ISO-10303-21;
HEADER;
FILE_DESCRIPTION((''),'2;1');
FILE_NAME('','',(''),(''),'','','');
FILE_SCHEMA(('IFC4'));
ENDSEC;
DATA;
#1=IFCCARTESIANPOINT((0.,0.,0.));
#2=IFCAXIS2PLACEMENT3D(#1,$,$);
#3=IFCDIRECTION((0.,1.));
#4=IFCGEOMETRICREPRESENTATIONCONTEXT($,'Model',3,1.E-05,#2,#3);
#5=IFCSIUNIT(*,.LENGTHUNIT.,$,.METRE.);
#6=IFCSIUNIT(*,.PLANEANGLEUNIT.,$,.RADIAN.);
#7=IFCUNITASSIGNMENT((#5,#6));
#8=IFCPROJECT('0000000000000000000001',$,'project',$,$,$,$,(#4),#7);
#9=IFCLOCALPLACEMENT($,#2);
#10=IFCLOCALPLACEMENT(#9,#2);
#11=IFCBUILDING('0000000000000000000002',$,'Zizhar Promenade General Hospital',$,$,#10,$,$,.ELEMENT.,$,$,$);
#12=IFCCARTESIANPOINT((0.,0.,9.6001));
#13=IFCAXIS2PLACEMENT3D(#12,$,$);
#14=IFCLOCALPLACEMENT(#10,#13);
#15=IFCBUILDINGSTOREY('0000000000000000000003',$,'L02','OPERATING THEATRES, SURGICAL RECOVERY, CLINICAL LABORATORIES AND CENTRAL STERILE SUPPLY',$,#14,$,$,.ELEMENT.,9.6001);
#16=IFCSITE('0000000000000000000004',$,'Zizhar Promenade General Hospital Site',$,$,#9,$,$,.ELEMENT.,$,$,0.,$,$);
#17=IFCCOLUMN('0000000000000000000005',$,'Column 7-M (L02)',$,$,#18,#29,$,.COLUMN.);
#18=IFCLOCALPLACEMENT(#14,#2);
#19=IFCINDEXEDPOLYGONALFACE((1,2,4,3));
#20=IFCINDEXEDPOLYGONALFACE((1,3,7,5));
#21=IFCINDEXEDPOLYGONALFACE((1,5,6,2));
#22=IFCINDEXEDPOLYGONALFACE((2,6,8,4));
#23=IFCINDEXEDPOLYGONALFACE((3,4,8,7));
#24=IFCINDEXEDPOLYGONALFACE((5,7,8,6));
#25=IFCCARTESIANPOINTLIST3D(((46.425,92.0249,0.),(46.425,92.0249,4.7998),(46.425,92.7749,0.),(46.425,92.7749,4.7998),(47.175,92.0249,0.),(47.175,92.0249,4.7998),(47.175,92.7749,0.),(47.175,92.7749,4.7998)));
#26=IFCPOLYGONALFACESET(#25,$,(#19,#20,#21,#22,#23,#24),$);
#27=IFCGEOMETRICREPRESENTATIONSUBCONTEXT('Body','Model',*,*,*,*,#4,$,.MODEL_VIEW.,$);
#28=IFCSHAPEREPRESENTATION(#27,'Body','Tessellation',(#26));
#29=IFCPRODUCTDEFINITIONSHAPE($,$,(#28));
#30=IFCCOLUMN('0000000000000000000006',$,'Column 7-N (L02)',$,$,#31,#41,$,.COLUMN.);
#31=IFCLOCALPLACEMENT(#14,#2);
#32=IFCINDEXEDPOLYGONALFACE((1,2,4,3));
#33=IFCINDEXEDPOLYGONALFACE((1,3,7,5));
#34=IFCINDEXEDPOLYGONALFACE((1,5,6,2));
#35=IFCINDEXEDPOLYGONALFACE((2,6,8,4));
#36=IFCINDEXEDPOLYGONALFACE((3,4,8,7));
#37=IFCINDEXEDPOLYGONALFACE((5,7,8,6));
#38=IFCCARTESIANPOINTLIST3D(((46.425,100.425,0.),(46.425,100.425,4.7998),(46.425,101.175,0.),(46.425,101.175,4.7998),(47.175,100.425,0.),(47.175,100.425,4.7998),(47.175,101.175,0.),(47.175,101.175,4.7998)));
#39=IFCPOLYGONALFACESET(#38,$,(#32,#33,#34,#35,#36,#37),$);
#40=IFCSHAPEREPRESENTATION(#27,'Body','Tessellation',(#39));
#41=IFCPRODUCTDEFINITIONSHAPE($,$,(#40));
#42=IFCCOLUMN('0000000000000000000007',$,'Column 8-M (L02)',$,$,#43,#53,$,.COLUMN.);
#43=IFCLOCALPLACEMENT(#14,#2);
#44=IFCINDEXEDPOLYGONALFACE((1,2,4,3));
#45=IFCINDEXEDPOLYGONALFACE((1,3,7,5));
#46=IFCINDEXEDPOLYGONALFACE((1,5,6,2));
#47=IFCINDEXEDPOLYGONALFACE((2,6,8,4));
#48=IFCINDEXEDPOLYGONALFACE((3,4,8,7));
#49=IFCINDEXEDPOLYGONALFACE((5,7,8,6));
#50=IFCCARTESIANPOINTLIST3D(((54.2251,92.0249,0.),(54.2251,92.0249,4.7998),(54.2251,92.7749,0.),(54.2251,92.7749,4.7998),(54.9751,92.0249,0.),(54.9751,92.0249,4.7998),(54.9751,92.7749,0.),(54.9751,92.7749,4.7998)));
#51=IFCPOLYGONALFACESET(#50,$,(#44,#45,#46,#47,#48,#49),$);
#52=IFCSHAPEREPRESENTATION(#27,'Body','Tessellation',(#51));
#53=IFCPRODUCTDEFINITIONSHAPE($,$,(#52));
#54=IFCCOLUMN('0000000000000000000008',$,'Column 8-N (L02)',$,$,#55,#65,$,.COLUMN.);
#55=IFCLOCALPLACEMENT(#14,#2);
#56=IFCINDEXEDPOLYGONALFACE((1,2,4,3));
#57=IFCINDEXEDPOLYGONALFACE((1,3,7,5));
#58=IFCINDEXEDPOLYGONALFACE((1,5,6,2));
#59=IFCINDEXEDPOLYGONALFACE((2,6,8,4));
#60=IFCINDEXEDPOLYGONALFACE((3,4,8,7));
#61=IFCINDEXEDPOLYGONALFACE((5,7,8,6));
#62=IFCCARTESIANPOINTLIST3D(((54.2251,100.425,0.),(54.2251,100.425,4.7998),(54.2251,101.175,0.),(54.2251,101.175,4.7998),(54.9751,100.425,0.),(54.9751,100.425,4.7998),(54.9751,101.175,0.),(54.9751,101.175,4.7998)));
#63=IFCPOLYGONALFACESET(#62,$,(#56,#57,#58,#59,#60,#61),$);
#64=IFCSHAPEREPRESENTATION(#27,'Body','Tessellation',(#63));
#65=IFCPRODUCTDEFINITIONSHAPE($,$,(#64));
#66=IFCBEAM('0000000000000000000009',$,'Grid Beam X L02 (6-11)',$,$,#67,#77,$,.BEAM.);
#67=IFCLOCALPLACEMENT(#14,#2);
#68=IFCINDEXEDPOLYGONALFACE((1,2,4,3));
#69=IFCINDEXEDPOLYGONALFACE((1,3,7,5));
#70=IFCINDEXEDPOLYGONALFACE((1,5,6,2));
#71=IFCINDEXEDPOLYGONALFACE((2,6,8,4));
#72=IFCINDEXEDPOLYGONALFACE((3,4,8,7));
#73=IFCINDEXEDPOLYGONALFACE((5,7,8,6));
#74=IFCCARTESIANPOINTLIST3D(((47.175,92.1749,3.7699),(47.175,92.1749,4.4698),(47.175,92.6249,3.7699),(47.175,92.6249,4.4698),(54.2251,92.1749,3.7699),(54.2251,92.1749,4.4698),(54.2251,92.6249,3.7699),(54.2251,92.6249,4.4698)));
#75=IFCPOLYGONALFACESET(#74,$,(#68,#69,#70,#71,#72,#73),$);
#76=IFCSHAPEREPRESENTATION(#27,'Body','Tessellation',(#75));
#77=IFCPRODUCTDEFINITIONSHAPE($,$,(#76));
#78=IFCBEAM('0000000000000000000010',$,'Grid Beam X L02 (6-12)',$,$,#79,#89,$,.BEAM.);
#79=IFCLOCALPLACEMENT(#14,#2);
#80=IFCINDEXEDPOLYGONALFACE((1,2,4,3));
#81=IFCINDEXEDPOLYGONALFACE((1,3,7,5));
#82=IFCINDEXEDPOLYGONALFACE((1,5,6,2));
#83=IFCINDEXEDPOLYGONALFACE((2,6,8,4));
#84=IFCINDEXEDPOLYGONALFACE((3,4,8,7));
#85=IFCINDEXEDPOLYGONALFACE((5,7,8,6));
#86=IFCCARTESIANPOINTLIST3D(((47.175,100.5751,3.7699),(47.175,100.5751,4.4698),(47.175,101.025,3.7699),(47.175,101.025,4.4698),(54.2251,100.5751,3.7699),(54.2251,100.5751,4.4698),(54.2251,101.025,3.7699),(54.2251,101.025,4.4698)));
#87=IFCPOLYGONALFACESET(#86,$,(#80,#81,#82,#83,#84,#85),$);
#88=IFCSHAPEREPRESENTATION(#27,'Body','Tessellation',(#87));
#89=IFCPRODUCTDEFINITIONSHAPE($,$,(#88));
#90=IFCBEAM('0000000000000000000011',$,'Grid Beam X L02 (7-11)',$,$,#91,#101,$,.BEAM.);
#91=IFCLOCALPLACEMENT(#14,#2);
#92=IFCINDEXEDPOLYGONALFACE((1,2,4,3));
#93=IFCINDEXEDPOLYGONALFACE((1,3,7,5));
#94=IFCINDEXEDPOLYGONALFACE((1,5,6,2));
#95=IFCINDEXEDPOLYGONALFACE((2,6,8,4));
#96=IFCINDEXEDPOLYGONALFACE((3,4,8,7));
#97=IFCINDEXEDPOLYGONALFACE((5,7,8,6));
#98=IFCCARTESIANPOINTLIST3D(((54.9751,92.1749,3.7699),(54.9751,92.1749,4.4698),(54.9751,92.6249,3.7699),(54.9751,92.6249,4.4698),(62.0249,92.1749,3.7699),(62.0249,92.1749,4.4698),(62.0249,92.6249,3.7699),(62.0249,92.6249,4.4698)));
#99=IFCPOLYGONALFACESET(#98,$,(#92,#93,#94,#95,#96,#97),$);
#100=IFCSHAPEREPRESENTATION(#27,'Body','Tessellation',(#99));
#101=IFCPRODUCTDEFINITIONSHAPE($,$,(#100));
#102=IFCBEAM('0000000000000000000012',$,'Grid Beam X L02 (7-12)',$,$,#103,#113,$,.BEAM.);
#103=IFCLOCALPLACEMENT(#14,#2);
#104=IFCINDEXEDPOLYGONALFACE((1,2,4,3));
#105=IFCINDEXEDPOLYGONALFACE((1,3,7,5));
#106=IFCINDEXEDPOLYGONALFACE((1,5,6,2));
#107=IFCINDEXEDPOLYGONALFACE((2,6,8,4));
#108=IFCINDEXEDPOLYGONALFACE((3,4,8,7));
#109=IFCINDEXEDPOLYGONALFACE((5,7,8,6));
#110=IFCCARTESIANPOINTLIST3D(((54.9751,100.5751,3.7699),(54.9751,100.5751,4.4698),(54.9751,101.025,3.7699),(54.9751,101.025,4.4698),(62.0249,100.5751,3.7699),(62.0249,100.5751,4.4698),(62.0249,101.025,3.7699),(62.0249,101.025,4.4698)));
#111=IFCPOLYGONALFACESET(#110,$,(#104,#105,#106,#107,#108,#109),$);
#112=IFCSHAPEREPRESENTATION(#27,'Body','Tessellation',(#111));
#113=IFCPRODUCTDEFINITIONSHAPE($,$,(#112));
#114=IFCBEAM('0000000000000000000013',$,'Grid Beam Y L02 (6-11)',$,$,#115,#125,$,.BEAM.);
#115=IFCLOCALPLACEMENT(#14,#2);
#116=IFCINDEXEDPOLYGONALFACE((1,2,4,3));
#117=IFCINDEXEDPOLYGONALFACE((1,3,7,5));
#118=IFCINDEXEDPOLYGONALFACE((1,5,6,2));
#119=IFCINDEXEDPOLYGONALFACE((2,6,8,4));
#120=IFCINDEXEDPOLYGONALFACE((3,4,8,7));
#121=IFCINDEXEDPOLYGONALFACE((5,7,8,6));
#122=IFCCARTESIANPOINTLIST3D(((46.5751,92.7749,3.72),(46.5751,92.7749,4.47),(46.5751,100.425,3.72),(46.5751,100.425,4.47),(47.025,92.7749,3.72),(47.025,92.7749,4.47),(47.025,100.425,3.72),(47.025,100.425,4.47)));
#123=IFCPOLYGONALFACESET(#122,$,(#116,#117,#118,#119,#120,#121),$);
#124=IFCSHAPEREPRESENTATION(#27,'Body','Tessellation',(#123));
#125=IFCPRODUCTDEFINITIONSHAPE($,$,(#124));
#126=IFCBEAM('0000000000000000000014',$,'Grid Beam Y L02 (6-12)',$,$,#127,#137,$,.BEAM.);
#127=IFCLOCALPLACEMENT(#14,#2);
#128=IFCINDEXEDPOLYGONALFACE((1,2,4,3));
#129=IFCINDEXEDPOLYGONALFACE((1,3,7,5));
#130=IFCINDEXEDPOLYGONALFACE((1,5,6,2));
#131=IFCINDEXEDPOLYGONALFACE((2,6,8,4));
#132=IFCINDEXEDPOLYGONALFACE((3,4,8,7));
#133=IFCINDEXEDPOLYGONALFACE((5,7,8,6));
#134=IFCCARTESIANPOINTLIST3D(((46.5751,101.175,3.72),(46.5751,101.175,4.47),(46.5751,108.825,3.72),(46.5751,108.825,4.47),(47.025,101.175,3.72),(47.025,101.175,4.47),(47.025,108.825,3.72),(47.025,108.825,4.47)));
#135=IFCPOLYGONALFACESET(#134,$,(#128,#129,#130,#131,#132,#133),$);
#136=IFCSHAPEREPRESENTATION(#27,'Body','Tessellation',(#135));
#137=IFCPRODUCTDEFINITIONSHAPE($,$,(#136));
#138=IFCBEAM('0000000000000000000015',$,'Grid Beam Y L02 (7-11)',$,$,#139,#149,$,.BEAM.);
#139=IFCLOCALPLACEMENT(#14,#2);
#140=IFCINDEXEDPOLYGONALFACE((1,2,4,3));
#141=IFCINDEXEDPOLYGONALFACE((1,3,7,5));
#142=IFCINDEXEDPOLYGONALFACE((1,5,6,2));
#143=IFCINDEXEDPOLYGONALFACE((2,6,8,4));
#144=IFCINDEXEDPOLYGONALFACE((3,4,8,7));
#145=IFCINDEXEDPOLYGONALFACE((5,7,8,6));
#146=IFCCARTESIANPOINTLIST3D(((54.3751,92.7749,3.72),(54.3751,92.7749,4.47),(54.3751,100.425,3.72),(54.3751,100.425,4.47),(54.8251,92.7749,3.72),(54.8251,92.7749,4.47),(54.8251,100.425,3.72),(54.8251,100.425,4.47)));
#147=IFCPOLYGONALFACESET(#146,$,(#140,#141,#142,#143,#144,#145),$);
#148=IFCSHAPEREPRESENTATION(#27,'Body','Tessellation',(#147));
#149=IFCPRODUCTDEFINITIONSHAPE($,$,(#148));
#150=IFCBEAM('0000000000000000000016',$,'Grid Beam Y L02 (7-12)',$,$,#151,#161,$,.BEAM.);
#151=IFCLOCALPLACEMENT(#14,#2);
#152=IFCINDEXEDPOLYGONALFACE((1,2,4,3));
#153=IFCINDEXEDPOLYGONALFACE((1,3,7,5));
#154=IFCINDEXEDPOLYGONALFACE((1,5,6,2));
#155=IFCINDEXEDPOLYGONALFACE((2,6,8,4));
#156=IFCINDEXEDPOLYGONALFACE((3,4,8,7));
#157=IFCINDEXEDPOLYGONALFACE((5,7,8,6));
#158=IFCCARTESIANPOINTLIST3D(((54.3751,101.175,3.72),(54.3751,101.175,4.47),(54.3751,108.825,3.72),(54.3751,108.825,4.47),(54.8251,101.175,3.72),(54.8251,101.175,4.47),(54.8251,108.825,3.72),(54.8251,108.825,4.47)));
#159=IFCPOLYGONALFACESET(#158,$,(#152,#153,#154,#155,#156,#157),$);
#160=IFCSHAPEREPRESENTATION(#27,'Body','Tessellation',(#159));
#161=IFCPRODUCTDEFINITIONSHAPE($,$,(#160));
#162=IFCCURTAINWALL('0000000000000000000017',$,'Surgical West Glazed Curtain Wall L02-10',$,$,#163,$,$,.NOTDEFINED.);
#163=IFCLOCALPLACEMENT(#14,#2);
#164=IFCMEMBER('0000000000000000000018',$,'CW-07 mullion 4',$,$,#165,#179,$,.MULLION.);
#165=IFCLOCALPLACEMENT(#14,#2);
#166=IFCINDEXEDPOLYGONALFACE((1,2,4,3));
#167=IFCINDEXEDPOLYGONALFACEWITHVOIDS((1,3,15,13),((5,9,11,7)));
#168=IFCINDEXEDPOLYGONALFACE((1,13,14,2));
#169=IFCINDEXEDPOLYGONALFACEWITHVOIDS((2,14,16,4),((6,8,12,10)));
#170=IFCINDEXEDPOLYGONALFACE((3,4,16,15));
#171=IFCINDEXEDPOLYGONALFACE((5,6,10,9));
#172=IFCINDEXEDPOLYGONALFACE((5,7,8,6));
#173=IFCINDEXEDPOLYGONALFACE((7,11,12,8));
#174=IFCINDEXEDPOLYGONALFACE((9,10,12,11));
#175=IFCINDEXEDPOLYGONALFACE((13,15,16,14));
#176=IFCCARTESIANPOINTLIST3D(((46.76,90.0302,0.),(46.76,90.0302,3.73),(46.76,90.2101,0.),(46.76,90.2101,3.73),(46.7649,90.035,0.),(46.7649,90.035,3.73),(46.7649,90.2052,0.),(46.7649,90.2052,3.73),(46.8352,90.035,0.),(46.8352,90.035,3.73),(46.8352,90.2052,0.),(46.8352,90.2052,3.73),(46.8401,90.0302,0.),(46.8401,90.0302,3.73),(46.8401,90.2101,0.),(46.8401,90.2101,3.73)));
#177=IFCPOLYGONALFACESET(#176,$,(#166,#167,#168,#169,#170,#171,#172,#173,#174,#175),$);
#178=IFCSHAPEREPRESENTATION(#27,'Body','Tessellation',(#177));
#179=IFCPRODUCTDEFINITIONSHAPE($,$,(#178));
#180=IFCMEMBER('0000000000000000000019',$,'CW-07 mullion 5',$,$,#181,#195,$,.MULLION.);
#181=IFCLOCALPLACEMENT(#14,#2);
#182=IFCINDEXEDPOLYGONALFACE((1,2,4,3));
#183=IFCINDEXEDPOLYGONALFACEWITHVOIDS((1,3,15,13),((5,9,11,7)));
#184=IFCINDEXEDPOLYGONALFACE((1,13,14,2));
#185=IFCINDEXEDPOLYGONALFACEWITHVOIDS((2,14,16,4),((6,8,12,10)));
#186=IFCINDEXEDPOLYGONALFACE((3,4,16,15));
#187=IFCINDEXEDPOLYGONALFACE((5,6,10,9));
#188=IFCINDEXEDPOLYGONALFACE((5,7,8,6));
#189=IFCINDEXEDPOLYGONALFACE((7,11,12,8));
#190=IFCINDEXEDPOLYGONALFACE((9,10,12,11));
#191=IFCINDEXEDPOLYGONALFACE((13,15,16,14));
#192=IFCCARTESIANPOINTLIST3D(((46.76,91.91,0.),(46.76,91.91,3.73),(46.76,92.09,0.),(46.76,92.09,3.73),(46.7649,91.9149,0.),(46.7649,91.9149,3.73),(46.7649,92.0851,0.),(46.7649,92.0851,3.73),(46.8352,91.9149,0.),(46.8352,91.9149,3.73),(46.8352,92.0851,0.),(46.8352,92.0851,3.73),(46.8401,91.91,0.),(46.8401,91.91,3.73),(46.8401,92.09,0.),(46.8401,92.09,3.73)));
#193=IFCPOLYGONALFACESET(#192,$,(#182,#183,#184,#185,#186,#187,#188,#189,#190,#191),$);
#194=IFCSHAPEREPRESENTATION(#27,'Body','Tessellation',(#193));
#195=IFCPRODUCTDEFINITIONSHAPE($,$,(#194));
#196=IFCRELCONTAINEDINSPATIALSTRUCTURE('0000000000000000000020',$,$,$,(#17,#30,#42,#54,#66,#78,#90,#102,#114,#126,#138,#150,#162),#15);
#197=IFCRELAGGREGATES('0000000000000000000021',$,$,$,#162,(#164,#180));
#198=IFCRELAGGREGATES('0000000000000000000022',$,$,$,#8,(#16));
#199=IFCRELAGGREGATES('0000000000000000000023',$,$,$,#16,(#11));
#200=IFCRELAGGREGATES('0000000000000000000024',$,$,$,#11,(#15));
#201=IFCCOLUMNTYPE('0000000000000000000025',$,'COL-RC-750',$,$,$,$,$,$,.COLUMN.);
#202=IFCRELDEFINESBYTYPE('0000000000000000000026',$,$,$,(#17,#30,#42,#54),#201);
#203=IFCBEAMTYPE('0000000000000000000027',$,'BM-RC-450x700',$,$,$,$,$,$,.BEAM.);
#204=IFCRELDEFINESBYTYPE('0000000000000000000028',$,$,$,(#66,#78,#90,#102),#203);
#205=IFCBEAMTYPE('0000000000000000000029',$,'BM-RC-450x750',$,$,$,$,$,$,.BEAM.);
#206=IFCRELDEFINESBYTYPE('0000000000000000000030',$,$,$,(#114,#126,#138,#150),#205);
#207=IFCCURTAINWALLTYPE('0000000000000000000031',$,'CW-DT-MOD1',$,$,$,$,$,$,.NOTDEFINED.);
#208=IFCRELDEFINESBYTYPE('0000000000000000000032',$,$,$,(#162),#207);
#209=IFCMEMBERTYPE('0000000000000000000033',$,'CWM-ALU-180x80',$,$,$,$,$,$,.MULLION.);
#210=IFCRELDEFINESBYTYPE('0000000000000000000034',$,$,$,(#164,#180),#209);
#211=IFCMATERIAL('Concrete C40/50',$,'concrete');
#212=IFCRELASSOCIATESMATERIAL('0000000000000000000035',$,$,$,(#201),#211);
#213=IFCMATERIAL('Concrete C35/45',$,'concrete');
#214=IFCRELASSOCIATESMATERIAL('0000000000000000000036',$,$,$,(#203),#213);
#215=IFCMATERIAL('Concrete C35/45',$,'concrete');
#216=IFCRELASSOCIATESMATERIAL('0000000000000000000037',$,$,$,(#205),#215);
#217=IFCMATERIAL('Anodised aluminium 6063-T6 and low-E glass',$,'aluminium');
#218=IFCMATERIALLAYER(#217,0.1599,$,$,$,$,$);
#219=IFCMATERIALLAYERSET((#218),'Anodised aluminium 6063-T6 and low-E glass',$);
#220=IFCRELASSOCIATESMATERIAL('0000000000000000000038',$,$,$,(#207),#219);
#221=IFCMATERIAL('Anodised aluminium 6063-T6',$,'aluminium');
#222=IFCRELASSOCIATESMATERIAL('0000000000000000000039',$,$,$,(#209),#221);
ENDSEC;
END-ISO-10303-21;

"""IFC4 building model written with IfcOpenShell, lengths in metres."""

from ifc_helpers import new_model, si_unit, direction, frame, origin, origin_2d, place, context, subcontext, project, spatial, rectangle, hollow_rectangle, extrude, material, layer, layer_set, material_profile, profile_set, type_object, element, aggregate, save


model = new_model("IFC4")

# Units and contexts
model_context = context("Model", 3, precision=1e-05, world=origin(), true_north=direction((0.0, 1.0)))
body_context = subcontext(model_context, "Body", "Model", "MODEL_VIEW")
ifc_project = project(units=[si_unit("LENGTHUNIT", "METRE"), si_unit("PLANEANGLEUNIT", "RADIAN")], contexts=[model_context])

# Site, building, storey
site_placement = place(None, origin())
site = spatial("IfcSite", under=ifc_project, at=site_placement, Name="Zizhar Promenade General Hospital Site", CompositionType="ELEMENT", RefElevation=0.0)
building_placement = place(site_placement, origin())
building = spatial("IfcBuilding", under=site, at=building_placement, Name="Zizhar Promenade General Hospital", CompositionType="ELEMENT")
storey_placement = place(building_placement, frame((0.0, 0.0, 9.6001)))
storey = spatial("IfcBuildingStorey", under=building, at=storey_placement, Name="L02", Description="OPERATING THEATRES, SURGICAL RECOVERY, CLINICAL LABORATORIES AND CENTRAL STERILE SUPPLY", CompositionType="ELEMENT", Elevation=9.6001)

# Columns
ifc_material_1 = material(Name="Concrete C40/50", Category="concrete")
ifc_material_profile_1 = material_profile(ifc_material_1, rectangle(XDim=0.75, YDim=0.75, at=origin_2d()))
ifc_profile_set_1 = profile_set([ifc_material_profile_1], Name="Concrete C40/50")
column_type = type_object("IfcColumnType", Name="COL-RC-750", PredefinedType="COLUMN", material=ifc_profile_set_1)
for number, where, z_axis, x_axis, name in (
    (1, (46.8, 92.3999, 0.0), (0.0, 0.0, 1.0), (1.0, 0.0, 0.0), "Column 7-M (L02)"),
    (2, (46.8, 100.8, 0.0), (0.0, 0.0, 1.0), (1.0, 0.0, 0.0), "Column 7-N (L02)"),
    (3, (54.6001, 92.3999, 0.0), (0.0, 0.0, 1.0), (1.0, 0.0, 0.0), "Column 8-M (L02)"),
    (4, (54.6001, 100.8, 0.0), (0.0, 0.0, 1.0), (1.0, 0.0, 0.0), "Column 8-N (L02)"),
):
    element("IfcColumn", number, at=place(storey_placement, frame(where, z_axis=z_axis, x_axis=x_axis)), inside=storey, type_object=column_type, Name=name, PredefinedType="COLUMN", context=body_context, shape_type="SweptSolid", body=[
        extrude(rectangle(XDim=0.75, YDim=0.75, at=origin_2d()), origin(), (0.0, 0.0, 1.0), 4.7998),
    ])

# Beams
ifc_material_2 = material(Name="Concrete C35/45", Category="concrete")
ifc_material_profile_2 = material_profile(ifc_material_2, rectangle(XDim=0.45, YDim=0.7, at=origin_2d()))
ifc_profile_set_2 = profile_set([ifc_material_profile_2], Name="Concrete C35/45")
beam_type_1 = type_object("IfcBeamType", Name="BM-RC-450x700", PredefinedType="BEAM", material=ifc_profile_set_2)
for number, where, z_axis, x_axis, name in (
    (5, (47.175, 92.3999, 4.1199), (1.0, 0.0, 0.0), (0.0, 1.0, 0.0), "Grid Beam X L02 (6-11)"),
    (6, (47.175, 100.8, 4.1199), (1.0, 0.0, 0.0), (0.0, 1.0, 0.0), "Grid Beam X L02 (6-12)"),
):
    element("IfcBeam", number, at=place(storey_placement, frame(where, z_axis=z_axis, x_axis=x_axis)), inside=storey, type_object=beam_type_1, Name=name, PredefinedType="BEAM", context=body_context, shape_type="SweptSolid", body=[
        extrude(rectangle(XDim=0.45, YDim=0.7, at=origin_2d()), origin(), (0.0, 0.0, 1.0), 7.05),
    ])
for number, where, z_axis, x_axis, name in (
    (7, (54.9751, 92.3999, 4.1199), (1.0, 0.0, 0.0), (0.0, 1.0, 0.0), "Grid Beam X L02 (7-11)"),
    (8, (54.9751, 100.8, 4.1199), (1.0, 0.0, 0.0), (0.0, 1.0, 0.0), "Grid Beam X L02 (7-12)"),
):
    element("IfcBeam", number, at=place(storey_placement, frame(where, z_axis=z_axis, x_axis=x_axis)), inside=storey, type_object=beam_type_1, Name=name, PredefinedType="BEAM", context=body_context, shape_type="SweptSolid", body=[
        extrude(rectangle(XDim=0.45, YDim=0.7, at=origin_2d()), origin(), (0.0, 0.0, 1.0), 7.0498),
    ])
ifc_material_3 = material(Name="Concrete C35/45", Category="concrete")
ifc_material_profile_3 = material_profile(ifc_material_3, rectangle(XDim=0.45, YDim=0.75, at=origin_2d()))
ifc_profile_set_3 = profile_set([ifc_material_profile_3], Name="Concrete C35/45")
beam_type_2 = type_object("IfcBeamType", Name="BM-RC-450x750", PredefinedType="BEAM", material=ifc_profile_set_3)
beam_1_placement = place(storey_placement, frame((46.8, 92.7749, 4.095), z_axis=(0.0, 1.0, 0.0), x_axis=(-1.0, 0.0, 0.0)))
element("IfcBeam", 9, at=beam_1_placement, inside=storey, type_object=beam_type_2, Name="Grid Beam Y L02 (6-11)", PredefinedType="BEAM", context=body_context, shape_type="SweptSolid", body=[
    extrude(rectangle(XDim=0.45, YDim=0.75, at=origin_2d()), origin(), (0.0, 0.0, 1.0), 7.6501),
])
beam_2_placement = place(storey_placement, frame((46.8, 101.175, 4.095), z_axis=(0.0, 1.0, 0.0), x_axis=(-1.0, 0.0, 0.0)))
element("IfcBeam", 10, at=beam_2_placement, inside=storey, type_object=beam_type_2, Name="Grid Beam Y L02 (6-12)", PredefinedType="BEAM", context=body_context, shape_type="SweptSolid", body=[
    extrude(rectangle(XDim=0.45, YDim=0.75, at=origin_2d()), origin(), (0.0, 0.0, 1.0), 7.6499),
])
beam_3_placement = place(storey_placement, frame((54.6001, 92.7749, 4.095), z_axis=(0.0, 1.0, 0.0), x_axis=(-1.0, 0.0, 0.0)))
element("IfcBeam", 11, at=beam_3_placement, inside=storey, type_object=beam_type_2, Name="Grid Beam Y L02 (7-11)", PredefinedType="BEAM", context=body_context, shape_type="SweptSolid", body=[
    extrude(rectangle(XDim=0.45, YDim=0.75, at=origin_2d()), origin(), (0.0, 0.0, 1.0), 7.6501),
])
beam_4_placement = place(storey_placement, frame((54.6001, 101.175, 4.095), z_axis=(0.0, 1.0, 0.0), x_axis=(-1.0, 0.0, 0.0)))
element("IfcBeam", 12, at=beam_4_placement, inside=storey, type_object=beam_type_2, Name="Grid Beam Y L02 (7-12)", PredefinedType="BEAM", context=body_context, shape_type="SweptSolid", body=[
    extrude(rectangle(XDim=0.45, YDim=0.75, at=origin_2d()), origin(), (0.0, 0.0, 1.0), 7.6499),
])

# Curtain wall, members
ifc_material_4 = material(Name="Anodised aluminium 6063-T6 and low-E glass", Category="aluminium")
ifc_layer_1 = layer(ifc_material_4, 0.1599)
ifc_layer_set_1 = layer_set([ifc_layer_1], Name="Anodised aluminium 6063-T6 and low-E glass")
curtain_wall_type = type_object("IfcCurtainWallType", Name="CW-DT-MOD1", PredefinedType="NOTDEFINED", material=ifc_layer_set_1)
curtain_wall_1_placement = place(storey_placement, origin())
curtain_wall_1 = element("IfcCurtainWall", 13, at=curtain_wall_1_placement, inside=storey, type_object=curtain_wall_type, Name="Surgical West Glazed Curtain Wall L02-10", PredefinedType="NOTDEFINED")
ifc_material_5 = material(Name="Anodised aluminium 6063-T6", Category="aluminium")
ifc_material_profile_4 = material_profile(ifc_material_5, hollow_rectangle(XDim=0.0801, YDim=0.1799, WallThickness=0.0049, at=origin_2d()))
ifc_profile_set_4 = profile_set([ifc_material_profile_4], Name="Anodised aluminium 6063-T6")
member_type_1 = type_object("IfcMemberType", Name="CWM-ALU-180x80", PredefinedType="MULLION", material=ifc_profile_set_4)
member_1_placement = place(storey_placement, frame((46.8, 90.1201, 0.0), z_axis=(0.0, 0.0, 1.0), x_axis=(-1.0, 0.0, 0.0)))
member_1 = element("IfcMember", 14, at=member_1_placement, type_object=member_type_1, Name="CW-07 mullion 4", PredefinedType="MULLION", context=body_context, shape_type="SweptSolid", body=[
    extrude(hollow_rectangle(XDim=0.0801, YDim=0.1799, WallThickness=0.0049, at=origin_2d()), origin(), (0.0, 0.0, 1.0), 3.73),
])
member_2_placement = place(storey_placement, frame((46.8, 92.0, 0.0), z_axis=(0.0, 0.0, 1.0), x_axis=(-1.0, 0.0, 0.0)))
member_2 = element("IfcMember", 15, at=member_2_placement, type_object=member_type_1, Name="CW-07 mullion 5", PredefinedType="MULLION", context=body_context, shape_type="SweptSolid", body=[
    extrude(hollow_rectangle(XDim=0.0801, YDim=0.1799, WallThickness=0.0049, at=origin_2d()), origin(), (0.0, 0.0, 1.0), 3.73),
])

aggregate(curtain_wall_1, [member_1, member_2])

save(model, "model.ifc")
